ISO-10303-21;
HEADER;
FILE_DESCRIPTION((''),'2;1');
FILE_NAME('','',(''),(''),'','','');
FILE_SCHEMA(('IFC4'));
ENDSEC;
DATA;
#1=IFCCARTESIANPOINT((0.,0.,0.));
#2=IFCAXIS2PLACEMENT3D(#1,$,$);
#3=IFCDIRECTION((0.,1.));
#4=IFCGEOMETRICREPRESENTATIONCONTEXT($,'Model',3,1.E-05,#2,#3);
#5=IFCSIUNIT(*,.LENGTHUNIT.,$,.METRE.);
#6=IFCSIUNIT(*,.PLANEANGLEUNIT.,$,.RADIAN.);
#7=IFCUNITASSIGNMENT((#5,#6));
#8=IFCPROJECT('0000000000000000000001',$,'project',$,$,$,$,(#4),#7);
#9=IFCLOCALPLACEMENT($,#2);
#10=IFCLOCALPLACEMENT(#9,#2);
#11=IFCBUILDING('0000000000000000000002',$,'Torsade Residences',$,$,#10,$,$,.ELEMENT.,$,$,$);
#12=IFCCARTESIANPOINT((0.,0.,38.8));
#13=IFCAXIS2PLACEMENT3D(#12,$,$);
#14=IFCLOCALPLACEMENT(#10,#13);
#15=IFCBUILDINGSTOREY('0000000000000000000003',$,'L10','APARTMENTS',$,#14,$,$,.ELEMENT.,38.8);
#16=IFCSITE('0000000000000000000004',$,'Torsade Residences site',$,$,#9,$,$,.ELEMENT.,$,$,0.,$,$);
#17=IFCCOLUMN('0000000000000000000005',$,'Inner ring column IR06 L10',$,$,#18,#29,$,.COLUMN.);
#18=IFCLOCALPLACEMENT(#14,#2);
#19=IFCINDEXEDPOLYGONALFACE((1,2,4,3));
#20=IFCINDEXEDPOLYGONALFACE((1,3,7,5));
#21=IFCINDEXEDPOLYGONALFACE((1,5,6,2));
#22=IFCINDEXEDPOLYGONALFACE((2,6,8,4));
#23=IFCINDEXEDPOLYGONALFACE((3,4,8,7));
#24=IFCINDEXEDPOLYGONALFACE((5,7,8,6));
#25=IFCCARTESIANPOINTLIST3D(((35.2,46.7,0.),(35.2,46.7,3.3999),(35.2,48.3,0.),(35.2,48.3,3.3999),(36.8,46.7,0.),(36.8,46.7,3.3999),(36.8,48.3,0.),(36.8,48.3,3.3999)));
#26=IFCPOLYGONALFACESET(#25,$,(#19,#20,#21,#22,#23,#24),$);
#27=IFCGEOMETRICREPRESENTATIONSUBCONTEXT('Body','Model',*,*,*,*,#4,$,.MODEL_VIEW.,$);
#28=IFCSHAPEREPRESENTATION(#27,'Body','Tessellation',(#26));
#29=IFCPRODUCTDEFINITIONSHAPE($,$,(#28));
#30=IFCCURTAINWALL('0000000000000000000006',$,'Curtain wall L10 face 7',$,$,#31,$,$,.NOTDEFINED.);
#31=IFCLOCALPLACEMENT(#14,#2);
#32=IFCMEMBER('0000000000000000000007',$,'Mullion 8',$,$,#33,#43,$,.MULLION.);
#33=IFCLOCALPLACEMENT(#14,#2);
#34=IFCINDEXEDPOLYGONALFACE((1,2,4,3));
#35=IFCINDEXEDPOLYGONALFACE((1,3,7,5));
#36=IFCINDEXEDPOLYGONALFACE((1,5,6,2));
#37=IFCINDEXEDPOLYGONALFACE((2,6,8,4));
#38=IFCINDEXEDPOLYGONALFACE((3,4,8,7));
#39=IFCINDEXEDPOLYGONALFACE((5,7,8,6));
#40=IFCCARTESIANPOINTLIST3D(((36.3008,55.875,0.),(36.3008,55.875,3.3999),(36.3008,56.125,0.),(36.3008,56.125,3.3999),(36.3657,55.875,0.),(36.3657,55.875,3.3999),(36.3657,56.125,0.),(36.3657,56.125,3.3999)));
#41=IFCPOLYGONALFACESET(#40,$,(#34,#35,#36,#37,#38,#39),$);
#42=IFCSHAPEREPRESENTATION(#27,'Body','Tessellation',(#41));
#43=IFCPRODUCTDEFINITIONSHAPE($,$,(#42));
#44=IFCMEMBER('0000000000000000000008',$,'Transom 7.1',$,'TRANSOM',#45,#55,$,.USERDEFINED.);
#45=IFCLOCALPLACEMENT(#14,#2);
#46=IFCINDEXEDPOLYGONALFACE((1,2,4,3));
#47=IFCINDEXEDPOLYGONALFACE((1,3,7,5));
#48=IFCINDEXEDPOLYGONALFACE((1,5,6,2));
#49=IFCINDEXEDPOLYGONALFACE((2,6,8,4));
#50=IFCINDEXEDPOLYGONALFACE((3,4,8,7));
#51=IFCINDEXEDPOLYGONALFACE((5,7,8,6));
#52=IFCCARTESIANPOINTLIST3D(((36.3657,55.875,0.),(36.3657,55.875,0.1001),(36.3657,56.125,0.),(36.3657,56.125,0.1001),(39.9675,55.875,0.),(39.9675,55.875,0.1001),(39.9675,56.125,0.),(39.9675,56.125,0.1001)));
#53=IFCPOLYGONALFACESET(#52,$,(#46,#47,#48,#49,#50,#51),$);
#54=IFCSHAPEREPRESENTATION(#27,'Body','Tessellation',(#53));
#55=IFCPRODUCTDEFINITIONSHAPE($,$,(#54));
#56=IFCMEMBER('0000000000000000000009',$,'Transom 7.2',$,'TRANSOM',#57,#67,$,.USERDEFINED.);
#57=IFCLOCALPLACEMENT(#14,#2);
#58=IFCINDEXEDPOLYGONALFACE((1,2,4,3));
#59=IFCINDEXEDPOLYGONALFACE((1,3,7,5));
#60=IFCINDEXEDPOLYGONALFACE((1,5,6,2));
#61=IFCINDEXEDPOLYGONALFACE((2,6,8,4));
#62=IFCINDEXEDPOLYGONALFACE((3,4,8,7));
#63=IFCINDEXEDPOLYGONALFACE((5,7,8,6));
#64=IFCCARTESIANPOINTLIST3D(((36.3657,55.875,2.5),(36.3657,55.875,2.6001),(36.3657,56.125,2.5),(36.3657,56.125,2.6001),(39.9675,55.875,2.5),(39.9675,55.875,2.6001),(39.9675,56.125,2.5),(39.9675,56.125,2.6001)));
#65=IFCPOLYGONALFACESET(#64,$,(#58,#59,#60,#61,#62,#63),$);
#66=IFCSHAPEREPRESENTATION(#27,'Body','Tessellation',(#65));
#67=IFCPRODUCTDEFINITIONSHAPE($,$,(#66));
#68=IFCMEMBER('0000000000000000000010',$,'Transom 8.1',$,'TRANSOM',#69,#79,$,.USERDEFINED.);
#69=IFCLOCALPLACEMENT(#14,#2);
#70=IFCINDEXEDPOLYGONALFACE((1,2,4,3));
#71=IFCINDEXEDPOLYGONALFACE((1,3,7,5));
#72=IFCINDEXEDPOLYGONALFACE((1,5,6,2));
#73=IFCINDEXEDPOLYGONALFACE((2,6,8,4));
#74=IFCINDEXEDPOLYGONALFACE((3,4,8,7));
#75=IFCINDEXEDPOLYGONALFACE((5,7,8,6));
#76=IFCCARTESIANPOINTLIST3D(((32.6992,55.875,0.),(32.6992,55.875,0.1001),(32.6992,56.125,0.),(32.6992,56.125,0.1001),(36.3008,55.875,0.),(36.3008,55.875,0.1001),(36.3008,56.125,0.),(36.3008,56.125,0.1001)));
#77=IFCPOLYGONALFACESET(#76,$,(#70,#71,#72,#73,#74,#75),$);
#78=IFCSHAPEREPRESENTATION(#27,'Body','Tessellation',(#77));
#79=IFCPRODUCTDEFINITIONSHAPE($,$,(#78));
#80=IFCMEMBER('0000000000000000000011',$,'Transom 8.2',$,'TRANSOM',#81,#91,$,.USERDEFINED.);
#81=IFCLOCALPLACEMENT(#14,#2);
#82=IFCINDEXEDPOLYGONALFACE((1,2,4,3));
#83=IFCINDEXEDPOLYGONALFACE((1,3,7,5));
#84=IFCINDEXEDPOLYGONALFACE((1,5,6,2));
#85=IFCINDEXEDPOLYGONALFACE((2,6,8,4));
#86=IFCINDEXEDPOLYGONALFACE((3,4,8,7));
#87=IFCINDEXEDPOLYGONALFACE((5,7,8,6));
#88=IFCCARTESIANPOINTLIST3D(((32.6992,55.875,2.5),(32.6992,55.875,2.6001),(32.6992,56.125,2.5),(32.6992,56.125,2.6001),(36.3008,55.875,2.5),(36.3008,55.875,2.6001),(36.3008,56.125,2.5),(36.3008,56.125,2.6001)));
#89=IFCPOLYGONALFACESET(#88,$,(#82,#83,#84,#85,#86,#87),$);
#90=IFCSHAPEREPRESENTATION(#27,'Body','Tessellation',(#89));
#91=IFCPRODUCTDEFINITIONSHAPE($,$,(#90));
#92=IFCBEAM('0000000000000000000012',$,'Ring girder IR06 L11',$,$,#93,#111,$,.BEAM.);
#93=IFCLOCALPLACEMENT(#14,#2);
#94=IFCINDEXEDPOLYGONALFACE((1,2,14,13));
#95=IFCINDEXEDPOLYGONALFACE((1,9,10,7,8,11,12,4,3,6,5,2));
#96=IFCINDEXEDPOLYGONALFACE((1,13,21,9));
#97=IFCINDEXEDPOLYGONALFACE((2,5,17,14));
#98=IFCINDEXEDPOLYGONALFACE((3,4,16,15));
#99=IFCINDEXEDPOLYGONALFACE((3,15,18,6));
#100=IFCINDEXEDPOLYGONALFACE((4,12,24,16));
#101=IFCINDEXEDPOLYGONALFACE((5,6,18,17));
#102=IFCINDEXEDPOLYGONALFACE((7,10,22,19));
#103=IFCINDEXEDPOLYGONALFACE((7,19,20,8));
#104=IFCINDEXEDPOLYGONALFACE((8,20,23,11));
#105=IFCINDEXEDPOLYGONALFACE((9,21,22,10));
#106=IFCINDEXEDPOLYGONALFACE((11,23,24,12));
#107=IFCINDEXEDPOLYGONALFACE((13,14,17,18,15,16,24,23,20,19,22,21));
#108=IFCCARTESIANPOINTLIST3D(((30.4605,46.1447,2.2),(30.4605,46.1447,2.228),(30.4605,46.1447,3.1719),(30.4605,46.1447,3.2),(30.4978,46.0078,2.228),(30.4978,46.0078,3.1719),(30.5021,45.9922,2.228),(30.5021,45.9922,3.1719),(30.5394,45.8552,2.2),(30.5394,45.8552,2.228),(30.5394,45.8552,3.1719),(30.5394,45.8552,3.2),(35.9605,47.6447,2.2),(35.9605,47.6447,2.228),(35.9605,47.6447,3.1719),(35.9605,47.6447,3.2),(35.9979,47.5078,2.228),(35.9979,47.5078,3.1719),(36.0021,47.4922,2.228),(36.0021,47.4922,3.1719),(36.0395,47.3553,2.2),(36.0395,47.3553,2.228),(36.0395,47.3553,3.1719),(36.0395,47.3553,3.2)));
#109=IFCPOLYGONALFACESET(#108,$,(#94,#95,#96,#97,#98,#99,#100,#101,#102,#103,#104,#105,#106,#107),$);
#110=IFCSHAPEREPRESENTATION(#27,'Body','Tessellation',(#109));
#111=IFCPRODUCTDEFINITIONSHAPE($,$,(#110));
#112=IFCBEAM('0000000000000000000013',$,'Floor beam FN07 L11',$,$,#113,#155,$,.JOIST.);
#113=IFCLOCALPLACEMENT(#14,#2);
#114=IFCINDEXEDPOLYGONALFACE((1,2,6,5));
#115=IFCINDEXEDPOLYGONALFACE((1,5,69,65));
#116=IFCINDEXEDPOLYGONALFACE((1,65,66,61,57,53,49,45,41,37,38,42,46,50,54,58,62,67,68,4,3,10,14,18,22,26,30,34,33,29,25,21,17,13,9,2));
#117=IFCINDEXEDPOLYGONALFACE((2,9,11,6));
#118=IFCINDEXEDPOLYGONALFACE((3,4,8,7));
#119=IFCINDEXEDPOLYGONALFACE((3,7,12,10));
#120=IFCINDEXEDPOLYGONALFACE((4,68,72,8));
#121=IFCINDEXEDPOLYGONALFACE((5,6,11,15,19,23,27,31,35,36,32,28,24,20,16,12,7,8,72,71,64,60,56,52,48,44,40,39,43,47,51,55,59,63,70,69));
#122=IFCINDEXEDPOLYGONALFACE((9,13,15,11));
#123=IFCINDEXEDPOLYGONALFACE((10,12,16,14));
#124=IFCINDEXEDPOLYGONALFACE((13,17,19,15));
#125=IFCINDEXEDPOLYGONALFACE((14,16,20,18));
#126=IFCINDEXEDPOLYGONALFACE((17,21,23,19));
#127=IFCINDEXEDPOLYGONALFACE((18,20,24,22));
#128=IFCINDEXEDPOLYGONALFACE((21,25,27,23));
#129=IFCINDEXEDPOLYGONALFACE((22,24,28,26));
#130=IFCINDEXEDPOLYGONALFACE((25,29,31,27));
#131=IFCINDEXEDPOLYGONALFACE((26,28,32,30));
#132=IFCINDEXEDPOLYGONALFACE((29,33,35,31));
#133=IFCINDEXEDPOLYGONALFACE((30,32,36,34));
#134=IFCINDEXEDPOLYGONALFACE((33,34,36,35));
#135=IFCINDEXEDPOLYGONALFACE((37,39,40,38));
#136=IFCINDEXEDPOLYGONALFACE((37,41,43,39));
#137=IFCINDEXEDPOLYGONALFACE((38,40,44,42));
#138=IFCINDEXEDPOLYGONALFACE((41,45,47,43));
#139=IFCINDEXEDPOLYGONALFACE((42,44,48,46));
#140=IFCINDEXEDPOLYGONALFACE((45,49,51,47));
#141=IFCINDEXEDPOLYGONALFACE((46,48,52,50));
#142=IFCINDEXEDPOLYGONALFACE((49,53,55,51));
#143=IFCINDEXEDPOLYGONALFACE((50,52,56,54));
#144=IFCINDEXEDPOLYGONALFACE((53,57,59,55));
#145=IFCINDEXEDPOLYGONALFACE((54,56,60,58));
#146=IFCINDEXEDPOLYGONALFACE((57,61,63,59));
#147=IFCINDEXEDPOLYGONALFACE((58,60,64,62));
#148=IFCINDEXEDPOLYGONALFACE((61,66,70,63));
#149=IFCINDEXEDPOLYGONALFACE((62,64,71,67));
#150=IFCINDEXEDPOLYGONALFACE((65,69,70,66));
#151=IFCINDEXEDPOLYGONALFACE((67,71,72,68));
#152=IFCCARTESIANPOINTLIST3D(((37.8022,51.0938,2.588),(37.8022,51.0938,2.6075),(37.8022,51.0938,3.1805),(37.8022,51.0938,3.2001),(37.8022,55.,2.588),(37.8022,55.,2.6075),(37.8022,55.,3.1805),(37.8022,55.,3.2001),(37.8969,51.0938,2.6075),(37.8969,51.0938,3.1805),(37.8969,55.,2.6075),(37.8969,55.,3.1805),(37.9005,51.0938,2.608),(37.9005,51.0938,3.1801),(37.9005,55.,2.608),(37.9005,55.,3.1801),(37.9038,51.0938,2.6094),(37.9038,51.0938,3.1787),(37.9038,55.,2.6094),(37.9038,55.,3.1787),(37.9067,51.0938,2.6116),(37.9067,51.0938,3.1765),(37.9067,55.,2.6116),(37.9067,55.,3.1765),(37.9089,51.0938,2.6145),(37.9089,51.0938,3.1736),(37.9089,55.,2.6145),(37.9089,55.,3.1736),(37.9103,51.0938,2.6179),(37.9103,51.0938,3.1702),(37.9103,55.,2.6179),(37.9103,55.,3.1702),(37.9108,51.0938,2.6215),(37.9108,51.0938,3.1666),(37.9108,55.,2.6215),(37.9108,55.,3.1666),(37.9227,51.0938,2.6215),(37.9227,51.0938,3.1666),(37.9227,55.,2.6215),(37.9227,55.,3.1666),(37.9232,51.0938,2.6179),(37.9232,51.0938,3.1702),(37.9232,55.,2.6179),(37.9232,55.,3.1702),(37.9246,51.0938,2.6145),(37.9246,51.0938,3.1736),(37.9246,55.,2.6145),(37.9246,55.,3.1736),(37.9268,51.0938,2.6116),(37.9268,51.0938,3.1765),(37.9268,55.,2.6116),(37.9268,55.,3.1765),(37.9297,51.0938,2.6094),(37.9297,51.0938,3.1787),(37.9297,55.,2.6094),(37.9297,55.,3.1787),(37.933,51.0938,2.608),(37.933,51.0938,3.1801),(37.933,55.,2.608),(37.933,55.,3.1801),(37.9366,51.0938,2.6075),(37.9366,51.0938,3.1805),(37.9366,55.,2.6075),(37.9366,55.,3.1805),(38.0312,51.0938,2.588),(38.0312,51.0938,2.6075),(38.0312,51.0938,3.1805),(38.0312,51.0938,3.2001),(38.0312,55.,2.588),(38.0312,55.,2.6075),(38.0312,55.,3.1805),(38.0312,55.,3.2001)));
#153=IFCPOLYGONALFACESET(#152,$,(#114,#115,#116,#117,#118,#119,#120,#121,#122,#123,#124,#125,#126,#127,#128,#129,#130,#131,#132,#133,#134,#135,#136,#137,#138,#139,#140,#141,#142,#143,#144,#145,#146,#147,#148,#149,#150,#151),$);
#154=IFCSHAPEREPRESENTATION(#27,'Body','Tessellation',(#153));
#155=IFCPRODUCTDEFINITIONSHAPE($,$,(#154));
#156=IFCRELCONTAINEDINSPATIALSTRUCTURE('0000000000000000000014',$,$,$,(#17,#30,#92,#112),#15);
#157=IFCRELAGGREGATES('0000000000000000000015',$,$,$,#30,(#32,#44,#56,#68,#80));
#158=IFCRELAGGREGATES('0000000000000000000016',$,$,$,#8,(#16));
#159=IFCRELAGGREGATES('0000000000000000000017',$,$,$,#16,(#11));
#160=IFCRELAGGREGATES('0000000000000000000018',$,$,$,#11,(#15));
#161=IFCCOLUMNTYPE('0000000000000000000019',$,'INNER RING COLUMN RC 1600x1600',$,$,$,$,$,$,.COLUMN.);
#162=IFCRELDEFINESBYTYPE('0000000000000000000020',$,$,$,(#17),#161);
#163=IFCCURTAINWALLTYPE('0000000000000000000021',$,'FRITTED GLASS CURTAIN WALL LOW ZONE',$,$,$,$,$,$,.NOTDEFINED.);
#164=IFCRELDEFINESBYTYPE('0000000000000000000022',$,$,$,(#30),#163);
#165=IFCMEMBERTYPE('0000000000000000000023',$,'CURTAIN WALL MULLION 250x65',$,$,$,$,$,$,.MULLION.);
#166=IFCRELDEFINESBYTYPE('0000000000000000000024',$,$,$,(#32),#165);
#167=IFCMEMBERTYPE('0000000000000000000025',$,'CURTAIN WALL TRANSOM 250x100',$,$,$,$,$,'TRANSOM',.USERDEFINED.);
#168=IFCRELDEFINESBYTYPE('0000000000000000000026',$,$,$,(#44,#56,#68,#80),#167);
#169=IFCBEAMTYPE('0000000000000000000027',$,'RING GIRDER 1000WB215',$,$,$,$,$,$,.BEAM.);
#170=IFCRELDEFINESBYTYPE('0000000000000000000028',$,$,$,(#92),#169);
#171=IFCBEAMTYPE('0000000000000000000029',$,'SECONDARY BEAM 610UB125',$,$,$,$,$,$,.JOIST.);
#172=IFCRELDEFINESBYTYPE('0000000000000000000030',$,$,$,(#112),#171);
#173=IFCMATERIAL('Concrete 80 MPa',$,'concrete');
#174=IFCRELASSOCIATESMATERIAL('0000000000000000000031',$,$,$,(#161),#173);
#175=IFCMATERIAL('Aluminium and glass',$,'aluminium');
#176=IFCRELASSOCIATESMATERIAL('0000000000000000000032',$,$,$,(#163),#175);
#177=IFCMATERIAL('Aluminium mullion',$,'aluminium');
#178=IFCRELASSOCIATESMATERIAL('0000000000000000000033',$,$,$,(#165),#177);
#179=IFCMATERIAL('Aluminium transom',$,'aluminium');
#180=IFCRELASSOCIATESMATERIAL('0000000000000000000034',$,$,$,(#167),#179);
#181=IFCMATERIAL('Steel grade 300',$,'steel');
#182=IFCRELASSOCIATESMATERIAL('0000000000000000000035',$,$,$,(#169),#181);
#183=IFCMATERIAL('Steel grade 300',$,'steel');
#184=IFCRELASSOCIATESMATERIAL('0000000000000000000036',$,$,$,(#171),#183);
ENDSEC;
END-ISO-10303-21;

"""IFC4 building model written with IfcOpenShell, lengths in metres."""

from ifc_helpers import new_model, si_unit, direction, frame, origin, origin_2d, place, context, subcontext, project, spatial, rectangle, i_section, extrude, material, material_profile, profile_set, type_object, element, aggregate, save


model = new_model("IFC4")

# Units and contexts
model_context = context("Model", 3, precision=1e-05, world=origin(), true_north=direction((0.0, 1.0)))
body_context = subcontext(model_context, "Body", "Model", "MODEL_VIEW")
ifc_project = project(units=[si_unit("LENGTHUNIT", "METRE"), si_unit("PLANEANGLEUNIT", "RADIAN")], contexts=[model_context])

# Site, building, storey
site_placement = place(None, origin())
site = spatial("IfcSite", under=ifc_project, at=site_placement, Name="Torsade Residences site", CompositionType="ELEMENT", RefElevation=0.0)
building_placement = place(site_placement, origin())
building = spatial("IfcBuilding", under=site, at=building_placement, Name="Torsade Residences", CompositionType="ELEMENT")
storey_placement = place(building_placement, frame((0.0, 0.0, 38.8)))
storey = spatial("IfcBuildingStorey", under=building, at=storey_placement, Name="L10", Description="APARTMENTS", CompositionType="ELEMENT", Elevation=38.8)

# Column
ifc_material_1 = material(Name="Concrete 80 MPa", Category="concrete")
ifc_material_profile_1 = material_profile(ifc_material_1, rectangle(XDim=1.6001, YDim=1.6001, at=origin_2d()), Name="RC 1600x1600")
ifc_profile_set_1 = profile_set([ifc_material_profile_1], Name="Concrete 80 MPa")
column_type = type_object("IfcColumnType", Name="INNER RING COLUMN RC 1600x1600", PredefinedType="COLUMN", material=ifc_profile_set_1)
column_placement = place(storey_placement, frame((36.0, 47.5, 0.0), z_axis=(0.0, 0.0, 1.0), x_axis=(1.0, 0.0, 0.0)))
element("IfcColumn", 1, at=column_placement, inside=storey, type_object=column_type, Name="Inner ring column IR06 L10", PredefinedType="COLUMN", context=body_context, shape_type="SweptSolid", body=[
    extrude(rectangle(XDim=1.6001, YDim=1.6001, at=origin_2d()), origin(), (0.0, 0.0, 1.0), 3.3999),
])

# Curtain wall, members
ifc_material_2 = material(Name="Aluminium and glass", Category="aluminium")
curtain_wall_type = type_object("IfcCurtainWallType", Name="FRITTED GLASS CURTAIN WALL LOW ZONE", PredefinedType="NOTDEFINED", material=ifc_material_2)
curtain_wall_placement = place(storey_placement, origin())
curtain_wall = element("IfcCurtainWall", 2, at=curtain_wall_placement, inside=storey, type_object=curtain_wall_type, Name="Curtain wall L10 face 7", PredefinedType="NOTDEFINED")
ifc_material_3 = material(Name="Aluminium mullion", Category="aluminium")
ifc_material_profile_2 = material_profile(ifc_material_3, rectangle(XDim=0.25, YDim=0.0649, at=origin_2d()), Name="CURTAIN WALL MULLION 250x65")
ifc_profile_set_2 = profile_set([ifc_material_profile_2], Name="Aluminium mullion")
member_type_1 = type_object("IfcMemberType", Name="CURTAIN WALL MULLION 250x65", PredefinedType="MULLION", material=ifc_profile_set_2)
member_1_placement = place(storey_placement, frame((36.3333, 56.0, 0.0), z_axis=(0.0, 0.0, 1.0), x_axis=(0.0, -1.0, 0.0)))
member_1 = element("IfcMember", 3, at=member_1_placement, type_object=member_type_1, Name="Mullion 8", PredefinedType="MULLION", context=body_context, shape_type="SweptSolid", body=[
    extrude(rectangle(XDim=0.25, YDim=0.0649, at=origin_2d()), origin(), (0.0, 0.0, 1.0), 3.3999),
])
ifc_material_4 = material(Name="Aluminium transom", Category="aluminium")
ifc_material_profile_3 = material_profile(ifc_material_4, rectangle(XDim=0.25, YDim=0.1001, at=origin_2d()), Name="CURTAIN WALL TRANSOM 250x100")
ifc_profile_set_3 = profile_set([ifc_material_profile_3], Name="Aluminium transom")
member_type_2 = type_object("IfcMemberType", Name="CURTAIN WALL TRANSOM 250x100", ElementType="TRANSOM", PredefinedType="USERDEFINED", material=ifc_profile_set_3)
member_2_placement = place(storey_placement, frame((39.9675, 56.0, 0.05), z_axis=(-1.0, 0.0, 0.0), x_axis=(0.0, -1.0, 0.0)))
member_2 = element("IfcMember", 4, at=member_2_placement, type_object=member_type_2, Name="Transom 7.1", ObjectType="TRANSOM", PredefinedType="USERDEFINED", context=body_context, shape_type="SweptSolid", body=[
    extrude(rectangle(XDim=0.25, YDim=0.1001, at=origin_2d()), origin(), (0.0, 0.0, 1.0), 3.6018),
])
member_3_placement = place(storey_placement, frame((39.9675, 56.0, 2.55), z_axis=(-1.0, 0.0, 0.0), x_axis=(0.0, -1.0, 0.0)))
member_3 = element("IfcMember", 5, at=member_3_placement, type_object=member_type_2, Name="Transom 7.2", ObjectType="TRANSOM", PredefinedType="USERDEFINED", context=body_context, shape_type="SweptSolid", body=[
    extrude(rectangle(XDim=0.25, YDim=0.1001, at=origin_2d()), origin(), (0.0, 0.0, 1.0), 3.6018),
])
member_4_placement = place(storey_placement, frame((36.3008, 56.0, 0.05), z_axis=(-1.0, 0.0, 0.0), x_axis=(0.0, -1.0, 0.0)))
member_4 = element("IfcMember", 6, at=member_4_placement, type_object=member_type_2, Name="Transom 8.1", ObjectType="TRANSOM", PredefinedType="USERDEFINED", context=body_context, shape_type="SweptSolid", body=[
    extrude(rectangle(XDim=0.25, YDim=0.1001, at=origin_2d()), origin(), (0.0, 0.0, 1.0), 3.6016),
])
member_5_placement = place(storey_placement, frame((36.3008, 56.0, 2.55), z_axis=(-1.0, 0.0, 0.0), x_axis=(0.0, -1.0, 0.0)))
member_5 = element("IfcMember", 7, at=member_5_placement, type_object=member_type_2, Name="Transom 8.2", ObjectType="TRANSOM", PredefinedType="USERDEFINED", context=body_context, shape_type="SweptSolid", body=[
    extrude(rectangle(XDim=0.25, YDim=0.1001, at=origin_2d()), origin(), (0.0, 0.0, 1.0), 3.6016),
])

# Beams
ifc_material_5 = material(Name="Steel grade 300", Category="steel")
ifc_material_profile_4 = material_profile(ifc_material_5, i_section(OverallWidth=0.3, OverallDepth=1.0, WebThickness=0.0161, FlangeThickness=0.0281, at=origin_2d()), Name="1000WB215")
ifc_profile_set_4 = profile_set([ifc_material_profile_4], Name="Steel grade 300")
beam_type_1 = type_object("IfcBeamType", Name="RING GIRDER 1000WB215", PredefinedType="BEAM", material=ifc_profile_set_4)
beam_1_placement = place(storey_placement, frame((36.0, 47.5, 2.7), z_axis=(-0.964764, -0.263117, 0.0), x_axis=(0.263117, -0.964764, 0.0)))
element("IfcBeam", 8, at=beam_1_placement, inside=storey, type_object=beam_type_1, Name="Ring girder IR06 L11", PredefinedType="BEAM", context=body_context, shape_type="SweptSolid", body=[
    extrude(i_section(OverallWidth=0.3, OverallDepth=1.0, WebThickness=0.0161, FlangeThickness=0.0281, at=origin_2d()), origin(), (0.0, 0.0, 1.0), 5.7009),
])
ifc_material_6 = material(Name="Steel grade 300", Category="steel")
ifc_material_profile_5 = material_profile(ifc_material_6, i_section(OverallWidth=0.229, OverallDepth=0.6121, WebThickness=0.012, FlangeThickness=0.0195, FilletRadius=0.0139, at=origin_2d()), Name="610UB125")
ifc_profile_set_5 = profile_set([ifc_material_profile_5], Name="Steel grade 300")
beam_type_2 = type_object("IfcBeamType", Name="SECONDARY BEAM 610UB125", PredefinedType="JOIST", material=ifc_profile_set_5)
beam_2_placement = place(storey_placement, frame((37.9167, 55.0, 2.894), z_axis=(0.0, -1.0, 0.0), x_axis=(1.0, 0.0, 0.0)))
element("IfcBeam", 9, at=beam_2_placement, inside=storey, type_object=beam_type_2, Name="Floor beam FN07 L11", PredefinedType="JOIST", context=body_context, shape_type="SweptSolid", body=[
    extrude(i_section(OverallWidth=0.229, OverallDepth=0.6121, WebThickness=0.012, FlangeThickness=0.0195, FilletRadius=0.0139, at=origin_2d()), origin(), (0.0, 0.0, 1.0), 3.9062),
])

aggregate(curtain_wall, [member_1, member_2, member_3, member_4, member_5])

save(model, "model.ifc")
